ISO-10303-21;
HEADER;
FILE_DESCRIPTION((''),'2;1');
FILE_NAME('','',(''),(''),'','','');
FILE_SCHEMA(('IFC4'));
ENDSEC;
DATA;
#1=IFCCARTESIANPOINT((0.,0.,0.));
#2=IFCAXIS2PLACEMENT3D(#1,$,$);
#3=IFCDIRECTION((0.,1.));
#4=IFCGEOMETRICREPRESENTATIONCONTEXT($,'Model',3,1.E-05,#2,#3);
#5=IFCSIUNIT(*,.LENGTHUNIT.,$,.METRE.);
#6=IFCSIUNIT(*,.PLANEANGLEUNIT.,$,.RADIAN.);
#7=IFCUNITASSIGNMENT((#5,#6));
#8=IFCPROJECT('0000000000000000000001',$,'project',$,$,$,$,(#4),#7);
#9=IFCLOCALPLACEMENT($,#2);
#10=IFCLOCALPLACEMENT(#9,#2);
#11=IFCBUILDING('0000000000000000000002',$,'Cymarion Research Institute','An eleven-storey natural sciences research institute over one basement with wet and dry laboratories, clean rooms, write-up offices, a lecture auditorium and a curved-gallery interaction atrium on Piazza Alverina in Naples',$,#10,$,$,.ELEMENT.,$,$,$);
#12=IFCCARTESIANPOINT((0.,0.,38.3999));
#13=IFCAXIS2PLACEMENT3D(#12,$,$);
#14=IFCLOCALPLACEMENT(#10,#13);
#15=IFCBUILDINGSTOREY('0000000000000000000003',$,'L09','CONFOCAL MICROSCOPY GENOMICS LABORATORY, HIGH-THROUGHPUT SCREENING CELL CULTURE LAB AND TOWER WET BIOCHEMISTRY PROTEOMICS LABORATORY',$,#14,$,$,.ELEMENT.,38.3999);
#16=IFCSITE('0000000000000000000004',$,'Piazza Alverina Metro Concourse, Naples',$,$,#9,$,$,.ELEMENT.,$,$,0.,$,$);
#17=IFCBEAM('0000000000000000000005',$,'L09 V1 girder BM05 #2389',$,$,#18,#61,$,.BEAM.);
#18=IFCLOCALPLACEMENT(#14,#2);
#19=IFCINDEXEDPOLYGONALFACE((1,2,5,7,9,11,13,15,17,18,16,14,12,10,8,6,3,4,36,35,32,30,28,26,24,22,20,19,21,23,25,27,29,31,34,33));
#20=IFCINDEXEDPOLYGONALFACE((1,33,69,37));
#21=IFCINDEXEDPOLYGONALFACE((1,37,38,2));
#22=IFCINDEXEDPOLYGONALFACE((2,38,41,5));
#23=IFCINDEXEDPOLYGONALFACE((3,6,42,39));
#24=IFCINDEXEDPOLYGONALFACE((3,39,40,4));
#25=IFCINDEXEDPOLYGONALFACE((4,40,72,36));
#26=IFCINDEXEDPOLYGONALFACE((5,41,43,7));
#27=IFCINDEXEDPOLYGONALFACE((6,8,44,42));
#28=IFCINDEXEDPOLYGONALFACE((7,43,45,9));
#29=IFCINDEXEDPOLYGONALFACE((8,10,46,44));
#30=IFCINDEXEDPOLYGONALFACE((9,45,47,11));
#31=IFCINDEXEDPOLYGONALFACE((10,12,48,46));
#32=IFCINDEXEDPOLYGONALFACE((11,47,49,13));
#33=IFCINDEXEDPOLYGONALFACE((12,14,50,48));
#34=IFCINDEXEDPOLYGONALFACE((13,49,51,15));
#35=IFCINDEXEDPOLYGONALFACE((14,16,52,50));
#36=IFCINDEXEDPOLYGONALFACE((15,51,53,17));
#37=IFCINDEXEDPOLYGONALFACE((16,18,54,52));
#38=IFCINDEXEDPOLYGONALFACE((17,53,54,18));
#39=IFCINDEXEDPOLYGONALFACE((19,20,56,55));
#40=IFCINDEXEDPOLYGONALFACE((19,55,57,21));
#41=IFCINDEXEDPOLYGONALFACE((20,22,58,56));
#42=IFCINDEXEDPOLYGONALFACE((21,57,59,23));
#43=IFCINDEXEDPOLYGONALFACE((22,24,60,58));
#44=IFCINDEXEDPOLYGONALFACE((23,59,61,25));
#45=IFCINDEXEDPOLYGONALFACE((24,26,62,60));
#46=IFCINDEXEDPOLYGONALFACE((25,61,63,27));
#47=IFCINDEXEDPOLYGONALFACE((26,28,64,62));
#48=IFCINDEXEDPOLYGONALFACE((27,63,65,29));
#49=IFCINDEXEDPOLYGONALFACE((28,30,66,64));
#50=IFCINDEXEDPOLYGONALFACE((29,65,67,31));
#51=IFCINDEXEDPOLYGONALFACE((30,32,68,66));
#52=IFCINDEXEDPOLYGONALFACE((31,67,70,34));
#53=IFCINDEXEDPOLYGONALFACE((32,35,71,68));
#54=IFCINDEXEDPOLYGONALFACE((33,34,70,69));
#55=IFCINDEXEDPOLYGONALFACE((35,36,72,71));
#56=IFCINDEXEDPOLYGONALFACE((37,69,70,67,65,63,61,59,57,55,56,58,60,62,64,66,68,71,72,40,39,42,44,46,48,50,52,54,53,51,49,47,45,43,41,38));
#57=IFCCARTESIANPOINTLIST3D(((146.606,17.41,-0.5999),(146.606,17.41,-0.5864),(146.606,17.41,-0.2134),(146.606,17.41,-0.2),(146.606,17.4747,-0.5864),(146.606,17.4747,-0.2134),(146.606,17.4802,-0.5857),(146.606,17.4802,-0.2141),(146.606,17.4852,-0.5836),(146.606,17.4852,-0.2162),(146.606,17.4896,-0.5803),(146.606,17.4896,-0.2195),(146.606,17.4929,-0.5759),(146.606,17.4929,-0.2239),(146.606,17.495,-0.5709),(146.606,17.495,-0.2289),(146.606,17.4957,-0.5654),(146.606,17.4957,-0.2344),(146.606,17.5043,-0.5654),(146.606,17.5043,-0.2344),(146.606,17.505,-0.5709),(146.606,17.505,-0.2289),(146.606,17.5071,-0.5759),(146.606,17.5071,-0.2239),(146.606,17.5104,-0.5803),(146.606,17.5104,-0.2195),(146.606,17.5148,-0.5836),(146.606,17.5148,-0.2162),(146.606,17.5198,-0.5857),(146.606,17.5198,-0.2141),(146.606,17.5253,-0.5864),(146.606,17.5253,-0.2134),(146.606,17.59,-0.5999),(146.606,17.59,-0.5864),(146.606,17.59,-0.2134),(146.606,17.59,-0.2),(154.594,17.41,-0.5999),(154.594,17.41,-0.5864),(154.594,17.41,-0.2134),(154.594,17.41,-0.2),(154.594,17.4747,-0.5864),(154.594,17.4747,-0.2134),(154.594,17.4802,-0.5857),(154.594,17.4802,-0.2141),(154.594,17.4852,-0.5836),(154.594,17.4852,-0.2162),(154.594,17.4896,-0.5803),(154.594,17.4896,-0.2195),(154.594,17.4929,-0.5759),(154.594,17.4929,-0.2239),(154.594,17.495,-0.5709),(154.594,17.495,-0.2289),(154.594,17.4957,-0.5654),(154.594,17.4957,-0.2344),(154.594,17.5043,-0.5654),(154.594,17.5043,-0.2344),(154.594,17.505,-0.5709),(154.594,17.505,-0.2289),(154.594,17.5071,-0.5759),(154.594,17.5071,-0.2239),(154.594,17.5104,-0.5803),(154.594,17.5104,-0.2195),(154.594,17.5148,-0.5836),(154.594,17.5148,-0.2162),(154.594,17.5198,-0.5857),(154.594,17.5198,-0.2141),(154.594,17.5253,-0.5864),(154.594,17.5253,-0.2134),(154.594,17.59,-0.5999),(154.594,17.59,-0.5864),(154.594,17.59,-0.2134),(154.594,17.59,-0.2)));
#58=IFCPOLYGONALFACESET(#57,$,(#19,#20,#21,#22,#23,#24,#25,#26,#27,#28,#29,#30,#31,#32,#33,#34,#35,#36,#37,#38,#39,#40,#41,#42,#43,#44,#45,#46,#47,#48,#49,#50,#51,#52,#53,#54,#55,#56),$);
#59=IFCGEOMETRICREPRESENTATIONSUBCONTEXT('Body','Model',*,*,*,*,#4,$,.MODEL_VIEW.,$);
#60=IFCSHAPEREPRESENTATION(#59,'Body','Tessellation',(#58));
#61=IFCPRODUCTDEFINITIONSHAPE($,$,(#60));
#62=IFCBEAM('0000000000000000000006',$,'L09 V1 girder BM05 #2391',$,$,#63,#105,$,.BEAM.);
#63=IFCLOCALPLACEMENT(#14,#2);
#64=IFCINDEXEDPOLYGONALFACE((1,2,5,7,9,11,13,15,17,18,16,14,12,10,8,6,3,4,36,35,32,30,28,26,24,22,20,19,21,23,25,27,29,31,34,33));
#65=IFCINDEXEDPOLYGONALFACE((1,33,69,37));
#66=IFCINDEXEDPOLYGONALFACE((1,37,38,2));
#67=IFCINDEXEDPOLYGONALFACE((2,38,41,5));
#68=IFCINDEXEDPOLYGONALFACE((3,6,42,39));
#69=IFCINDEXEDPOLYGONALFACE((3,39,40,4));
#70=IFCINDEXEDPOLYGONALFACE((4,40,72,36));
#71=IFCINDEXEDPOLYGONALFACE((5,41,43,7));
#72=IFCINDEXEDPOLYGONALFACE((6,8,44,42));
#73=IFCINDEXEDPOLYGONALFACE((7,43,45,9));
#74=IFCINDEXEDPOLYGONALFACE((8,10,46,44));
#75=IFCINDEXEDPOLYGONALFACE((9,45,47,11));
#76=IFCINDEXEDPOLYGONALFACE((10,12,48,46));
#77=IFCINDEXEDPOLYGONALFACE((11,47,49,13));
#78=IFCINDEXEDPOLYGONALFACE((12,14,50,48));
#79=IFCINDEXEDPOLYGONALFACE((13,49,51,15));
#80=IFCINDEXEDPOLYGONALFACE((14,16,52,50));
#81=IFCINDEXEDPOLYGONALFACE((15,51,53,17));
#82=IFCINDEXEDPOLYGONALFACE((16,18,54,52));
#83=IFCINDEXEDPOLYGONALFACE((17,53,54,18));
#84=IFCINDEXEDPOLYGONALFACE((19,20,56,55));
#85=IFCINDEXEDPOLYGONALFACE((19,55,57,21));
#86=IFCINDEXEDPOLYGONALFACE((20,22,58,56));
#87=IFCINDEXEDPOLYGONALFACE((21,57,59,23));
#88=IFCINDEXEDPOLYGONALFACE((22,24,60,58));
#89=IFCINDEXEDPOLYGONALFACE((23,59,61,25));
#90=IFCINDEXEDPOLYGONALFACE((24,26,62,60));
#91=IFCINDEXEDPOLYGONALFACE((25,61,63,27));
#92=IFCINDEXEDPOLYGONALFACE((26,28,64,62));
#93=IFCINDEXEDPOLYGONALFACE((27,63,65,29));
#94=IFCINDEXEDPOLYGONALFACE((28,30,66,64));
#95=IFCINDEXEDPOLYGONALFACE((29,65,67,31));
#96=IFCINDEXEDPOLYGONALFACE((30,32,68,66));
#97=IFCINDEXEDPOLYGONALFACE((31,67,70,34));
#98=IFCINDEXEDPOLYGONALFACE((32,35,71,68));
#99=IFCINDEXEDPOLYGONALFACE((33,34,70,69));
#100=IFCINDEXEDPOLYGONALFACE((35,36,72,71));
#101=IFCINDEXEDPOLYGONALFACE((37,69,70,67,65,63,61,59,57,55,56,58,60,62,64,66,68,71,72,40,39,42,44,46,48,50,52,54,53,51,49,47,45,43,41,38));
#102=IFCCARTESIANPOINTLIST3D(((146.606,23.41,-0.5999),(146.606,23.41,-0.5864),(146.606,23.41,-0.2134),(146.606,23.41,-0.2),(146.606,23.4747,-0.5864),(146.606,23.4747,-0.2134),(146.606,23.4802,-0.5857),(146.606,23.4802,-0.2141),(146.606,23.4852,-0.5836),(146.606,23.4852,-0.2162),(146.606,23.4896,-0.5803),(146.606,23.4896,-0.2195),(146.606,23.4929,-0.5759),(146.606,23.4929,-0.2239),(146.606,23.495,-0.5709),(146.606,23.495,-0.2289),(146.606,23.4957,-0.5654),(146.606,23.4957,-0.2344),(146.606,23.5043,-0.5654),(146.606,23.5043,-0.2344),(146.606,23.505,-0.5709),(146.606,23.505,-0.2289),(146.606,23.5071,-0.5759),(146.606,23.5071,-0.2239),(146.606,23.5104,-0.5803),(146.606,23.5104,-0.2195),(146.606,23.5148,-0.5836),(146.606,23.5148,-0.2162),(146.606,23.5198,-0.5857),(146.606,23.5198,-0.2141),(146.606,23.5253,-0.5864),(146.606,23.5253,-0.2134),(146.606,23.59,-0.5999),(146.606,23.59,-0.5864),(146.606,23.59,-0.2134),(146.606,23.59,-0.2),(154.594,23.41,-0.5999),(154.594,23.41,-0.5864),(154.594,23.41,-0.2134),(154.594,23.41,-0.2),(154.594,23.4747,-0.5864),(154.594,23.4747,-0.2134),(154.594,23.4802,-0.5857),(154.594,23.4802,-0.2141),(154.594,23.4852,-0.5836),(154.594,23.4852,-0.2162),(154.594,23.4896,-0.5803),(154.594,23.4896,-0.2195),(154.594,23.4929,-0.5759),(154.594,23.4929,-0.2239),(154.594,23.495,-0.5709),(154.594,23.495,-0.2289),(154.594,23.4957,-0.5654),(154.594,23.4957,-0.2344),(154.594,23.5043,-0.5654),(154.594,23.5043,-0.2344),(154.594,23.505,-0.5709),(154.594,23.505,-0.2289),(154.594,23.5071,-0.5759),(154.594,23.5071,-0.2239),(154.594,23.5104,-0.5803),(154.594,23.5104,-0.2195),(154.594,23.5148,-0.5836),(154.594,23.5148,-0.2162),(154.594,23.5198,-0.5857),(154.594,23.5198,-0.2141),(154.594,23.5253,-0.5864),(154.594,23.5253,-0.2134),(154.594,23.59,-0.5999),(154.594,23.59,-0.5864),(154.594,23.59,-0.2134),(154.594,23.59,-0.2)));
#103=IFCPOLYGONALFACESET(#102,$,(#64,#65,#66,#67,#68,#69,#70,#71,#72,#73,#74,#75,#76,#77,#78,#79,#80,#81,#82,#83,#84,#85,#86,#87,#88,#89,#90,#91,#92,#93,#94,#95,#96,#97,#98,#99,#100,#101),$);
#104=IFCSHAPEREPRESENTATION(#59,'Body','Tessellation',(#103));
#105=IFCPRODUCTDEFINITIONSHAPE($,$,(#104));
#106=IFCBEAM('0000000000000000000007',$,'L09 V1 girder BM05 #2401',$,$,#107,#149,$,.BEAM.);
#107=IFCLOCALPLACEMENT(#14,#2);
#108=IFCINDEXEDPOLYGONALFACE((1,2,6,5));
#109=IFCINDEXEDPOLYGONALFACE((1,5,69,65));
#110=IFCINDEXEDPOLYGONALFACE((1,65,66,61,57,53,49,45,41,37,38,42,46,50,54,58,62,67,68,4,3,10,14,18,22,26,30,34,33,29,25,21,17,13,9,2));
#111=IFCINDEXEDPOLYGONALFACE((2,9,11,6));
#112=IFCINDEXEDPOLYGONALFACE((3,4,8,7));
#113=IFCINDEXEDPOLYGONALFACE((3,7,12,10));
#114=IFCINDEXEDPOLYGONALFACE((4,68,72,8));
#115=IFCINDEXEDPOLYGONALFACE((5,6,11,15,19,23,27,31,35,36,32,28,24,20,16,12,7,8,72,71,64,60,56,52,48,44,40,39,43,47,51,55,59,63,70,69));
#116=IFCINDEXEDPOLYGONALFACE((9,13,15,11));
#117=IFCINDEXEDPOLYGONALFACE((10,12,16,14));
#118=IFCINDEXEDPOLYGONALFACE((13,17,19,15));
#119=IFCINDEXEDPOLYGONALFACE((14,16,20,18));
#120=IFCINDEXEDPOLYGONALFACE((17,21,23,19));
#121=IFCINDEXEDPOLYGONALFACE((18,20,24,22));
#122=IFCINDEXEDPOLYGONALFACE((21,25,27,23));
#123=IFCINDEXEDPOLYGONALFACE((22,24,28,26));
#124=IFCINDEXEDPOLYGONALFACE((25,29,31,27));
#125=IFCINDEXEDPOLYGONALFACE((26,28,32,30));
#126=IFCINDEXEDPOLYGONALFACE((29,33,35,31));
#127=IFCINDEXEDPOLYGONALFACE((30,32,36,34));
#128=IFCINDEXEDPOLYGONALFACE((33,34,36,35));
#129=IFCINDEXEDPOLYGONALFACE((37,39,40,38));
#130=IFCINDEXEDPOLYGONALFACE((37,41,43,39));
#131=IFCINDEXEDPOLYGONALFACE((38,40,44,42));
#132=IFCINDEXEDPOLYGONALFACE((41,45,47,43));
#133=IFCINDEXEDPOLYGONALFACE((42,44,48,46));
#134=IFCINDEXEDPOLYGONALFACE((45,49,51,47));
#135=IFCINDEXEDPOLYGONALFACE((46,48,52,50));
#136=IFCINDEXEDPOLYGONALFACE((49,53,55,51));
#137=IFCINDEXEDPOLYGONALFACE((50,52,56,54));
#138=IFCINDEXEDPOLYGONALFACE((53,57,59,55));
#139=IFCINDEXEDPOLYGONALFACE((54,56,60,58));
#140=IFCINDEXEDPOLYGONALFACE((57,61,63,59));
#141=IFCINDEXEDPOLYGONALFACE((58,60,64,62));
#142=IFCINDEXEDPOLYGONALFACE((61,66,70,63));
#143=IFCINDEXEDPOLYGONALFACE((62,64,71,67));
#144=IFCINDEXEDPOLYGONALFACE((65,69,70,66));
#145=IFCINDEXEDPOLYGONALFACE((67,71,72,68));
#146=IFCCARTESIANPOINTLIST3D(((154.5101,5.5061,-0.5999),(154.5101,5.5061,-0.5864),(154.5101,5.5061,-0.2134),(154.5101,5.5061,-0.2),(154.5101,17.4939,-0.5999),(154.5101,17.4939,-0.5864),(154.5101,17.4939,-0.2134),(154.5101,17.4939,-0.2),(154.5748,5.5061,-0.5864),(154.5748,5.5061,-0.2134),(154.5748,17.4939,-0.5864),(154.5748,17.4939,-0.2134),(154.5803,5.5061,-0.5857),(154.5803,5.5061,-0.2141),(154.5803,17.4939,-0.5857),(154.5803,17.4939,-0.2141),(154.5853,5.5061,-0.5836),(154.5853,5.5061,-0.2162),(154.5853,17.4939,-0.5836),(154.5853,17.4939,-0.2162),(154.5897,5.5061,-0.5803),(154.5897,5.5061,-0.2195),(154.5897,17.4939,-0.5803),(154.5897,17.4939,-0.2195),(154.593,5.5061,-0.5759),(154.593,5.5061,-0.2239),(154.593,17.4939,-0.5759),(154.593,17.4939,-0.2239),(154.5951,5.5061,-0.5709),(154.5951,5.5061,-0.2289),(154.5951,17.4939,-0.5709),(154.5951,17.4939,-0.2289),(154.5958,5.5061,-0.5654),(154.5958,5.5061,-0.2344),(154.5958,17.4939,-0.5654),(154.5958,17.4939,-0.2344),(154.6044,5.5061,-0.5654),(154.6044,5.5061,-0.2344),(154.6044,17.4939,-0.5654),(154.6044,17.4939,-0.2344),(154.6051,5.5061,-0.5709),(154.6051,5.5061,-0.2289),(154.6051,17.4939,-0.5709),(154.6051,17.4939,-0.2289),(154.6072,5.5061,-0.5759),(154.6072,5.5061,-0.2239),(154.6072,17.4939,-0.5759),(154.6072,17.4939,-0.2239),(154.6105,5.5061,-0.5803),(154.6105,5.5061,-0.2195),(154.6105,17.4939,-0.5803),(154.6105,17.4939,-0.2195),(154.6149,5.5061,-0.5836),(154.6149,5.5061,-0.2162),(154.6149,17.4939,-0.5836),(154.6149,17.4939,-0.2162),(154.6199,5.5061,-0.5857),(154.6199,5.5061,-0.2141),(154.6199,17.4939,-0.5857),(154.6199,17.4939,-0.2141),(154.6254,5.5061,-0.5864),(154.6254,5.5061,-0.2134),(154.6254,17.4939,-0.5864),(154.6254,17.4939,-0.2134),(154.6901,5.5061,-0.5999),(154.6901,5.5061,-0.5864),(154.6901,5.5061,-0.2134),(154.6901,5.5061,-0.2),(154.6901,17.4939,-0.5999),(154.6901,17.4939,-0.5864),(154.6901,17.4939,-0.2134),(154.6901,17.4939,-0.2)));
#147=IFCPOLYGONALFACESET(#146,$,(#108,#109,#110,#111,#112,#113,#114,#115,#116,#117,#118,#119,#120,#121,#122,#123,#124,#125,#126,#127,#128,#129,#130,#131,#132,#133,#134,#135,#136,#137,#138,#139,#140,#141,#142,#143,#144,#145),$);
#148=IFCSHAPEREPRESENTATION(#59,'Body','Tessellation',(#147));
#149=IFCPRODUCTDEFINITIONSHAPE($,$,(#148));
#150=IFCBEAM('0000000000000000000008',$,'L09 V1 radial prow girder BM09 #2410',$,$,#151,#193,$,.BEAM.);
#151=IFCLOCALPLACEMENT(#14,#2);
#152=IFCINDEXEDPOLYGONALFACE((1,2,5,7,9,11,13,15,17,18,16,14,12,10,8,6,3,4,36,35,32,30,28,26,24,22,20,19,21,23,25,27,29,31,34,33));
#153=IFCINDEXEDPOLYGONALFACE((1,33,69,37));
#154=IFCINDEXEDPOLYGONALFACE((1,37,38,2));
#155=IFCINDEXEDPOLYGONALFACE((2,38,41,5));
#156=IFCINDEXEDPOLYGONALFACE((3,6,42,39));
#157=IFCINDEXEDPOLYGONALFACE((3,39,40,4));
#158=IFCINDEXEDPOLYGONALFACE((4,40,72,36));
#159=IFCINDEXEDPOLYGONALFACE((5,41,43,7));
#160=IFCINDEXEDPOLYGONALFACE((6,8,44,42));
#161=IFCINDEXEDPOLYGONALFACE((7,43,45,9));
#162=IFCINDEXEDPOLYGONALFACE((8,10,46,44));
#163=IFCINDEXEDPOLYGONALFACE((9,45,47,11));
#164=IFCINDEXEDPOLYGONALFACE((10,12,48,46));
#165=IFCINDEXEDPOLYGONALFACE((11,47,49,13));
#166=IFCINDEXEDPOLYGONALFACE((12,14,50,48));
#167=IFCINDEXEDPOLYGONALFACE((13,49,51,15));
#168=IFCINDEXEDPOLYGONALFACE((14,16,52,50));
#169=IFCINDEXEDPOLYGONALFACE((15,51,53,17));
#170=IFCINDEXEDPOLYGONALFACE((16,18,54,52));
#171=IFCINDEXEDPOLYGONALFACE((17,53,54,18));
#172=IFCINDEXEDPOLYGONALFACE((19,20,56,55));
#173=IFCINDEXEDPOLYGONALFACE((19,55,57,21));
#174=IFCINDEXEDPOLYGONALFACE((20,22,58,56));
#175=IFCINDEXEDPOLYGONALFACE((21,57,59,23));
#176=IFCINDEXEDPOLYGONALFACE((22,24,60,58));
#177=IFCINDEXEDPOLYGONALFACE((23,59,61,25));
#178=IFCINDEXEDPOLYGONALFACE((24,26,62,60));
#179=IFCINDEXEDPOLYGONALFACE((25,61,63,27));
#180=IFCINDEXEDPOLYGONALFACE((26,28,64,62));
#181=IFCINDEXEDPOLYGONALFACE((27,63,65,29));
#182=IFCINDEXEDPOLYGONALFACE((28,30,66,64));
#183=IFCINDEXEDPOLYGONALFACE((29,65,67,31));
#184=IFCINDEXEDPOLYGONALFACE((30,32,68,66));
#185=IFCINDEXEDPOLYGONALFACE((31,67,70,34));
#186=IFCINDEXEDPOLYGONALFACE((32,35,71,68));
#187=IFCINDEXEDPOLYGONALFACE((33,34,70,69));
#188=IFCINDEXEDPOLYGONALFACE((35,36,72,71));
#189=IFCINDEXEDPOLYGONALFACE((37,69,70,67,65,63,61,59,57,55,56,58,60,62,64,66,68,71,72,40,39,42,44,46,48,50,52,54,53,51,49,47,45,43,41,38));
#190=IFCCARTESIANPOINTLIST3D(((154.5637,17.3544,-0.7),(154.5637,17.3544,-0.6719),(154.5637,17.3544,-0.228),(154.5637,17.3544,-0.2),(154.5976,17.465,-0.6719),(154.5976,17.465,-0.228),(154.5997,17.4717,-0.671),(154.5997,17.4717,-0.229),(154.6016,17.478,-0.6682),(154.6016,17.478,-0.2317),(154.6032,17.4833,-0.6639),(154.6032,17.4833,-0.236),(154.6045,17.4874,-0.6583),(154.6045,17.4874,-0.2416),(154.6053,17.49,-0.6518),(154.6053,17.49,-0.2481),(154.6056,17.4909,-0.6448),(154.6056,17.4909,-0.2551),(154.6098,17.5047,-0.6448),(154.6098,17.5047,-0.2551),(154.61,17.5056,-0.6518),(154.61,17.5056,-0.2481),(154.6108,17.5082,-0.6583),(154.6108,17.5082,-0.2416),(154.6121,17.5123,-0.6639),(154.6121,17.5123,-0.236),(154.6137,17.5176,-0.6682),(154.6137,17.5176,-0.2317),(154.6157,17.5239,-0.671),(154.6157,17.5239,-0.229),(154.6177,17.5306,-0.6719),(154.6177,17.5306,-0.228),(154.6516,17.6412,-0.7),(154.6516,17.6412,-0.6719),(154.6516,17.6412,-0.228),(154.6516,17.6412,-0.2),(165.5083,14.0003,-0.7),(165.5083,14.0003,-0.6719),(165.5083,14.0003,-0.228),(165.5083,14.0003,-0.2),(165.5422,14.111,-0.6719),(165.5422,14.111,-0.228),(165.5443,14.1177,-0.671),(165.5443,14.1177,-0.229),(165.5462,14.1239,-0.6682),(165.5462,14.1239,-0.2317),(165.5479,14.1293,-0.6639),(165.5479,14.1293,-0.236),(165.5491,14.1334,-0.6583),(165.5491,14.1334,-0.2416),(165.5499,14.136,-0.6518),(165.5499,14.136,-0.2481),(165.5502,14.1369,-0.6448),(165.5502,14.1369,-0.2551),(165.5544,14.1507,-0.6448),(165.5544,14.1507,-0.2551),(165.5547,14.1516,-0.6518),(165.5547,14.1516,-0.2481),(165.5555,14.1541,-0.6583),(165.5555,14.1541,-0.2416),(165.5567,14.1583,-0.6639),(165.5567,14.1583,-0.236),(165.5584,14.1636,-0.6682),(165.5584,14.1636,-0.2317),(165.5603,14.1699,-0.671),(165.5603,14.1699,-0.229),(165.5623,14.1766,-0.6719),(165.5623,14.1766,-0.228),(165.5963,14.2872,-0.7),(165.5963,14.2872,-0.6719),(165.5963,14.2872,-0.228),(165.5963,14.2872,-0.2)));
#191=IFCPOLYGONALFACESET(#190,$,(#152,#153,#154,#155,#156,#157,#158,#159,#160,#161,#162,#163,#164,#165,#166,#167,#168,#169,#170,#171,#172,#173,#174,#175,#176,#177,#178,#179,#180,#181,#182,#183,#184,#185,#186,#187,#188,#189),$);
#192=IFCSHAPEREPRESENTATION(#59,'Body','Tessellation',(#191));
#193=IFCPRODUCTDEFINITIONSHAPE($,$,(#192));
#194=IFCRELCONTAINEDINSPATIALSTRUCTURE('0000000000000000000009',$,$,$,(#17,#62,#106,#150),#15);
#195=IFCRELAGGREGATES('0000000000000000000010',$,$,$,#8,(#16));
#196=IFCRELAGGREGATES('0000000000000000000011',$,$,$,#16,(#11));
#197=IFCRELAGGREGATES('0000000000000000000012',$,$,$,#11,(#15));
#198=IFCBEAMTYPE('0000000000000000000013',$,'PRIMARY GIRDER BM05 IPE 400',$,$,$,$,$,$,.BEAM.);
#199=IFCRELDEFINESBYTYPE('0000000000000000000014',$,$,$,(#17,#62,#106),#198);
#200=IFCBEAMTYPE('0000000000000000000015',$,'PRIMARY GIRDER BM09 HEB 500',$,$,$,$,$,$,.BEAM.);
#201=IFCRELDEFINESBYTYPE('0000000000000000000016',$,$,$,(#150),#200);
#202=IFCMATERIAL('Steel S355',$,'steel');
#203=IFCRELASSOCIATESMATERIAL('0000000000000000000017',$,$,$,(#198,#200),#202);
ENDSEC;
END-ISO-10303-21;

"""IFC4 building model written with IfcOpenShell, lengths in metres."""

from ifc_helpers import new_model, si_unit, direction, frame, origin, origin_2d, place, context, subcontext, project, spatial, i_section, extrude, material, material_profile, profile_set, type_object, element, save


model = new_model("IFC4")

# Units and contexts
model_context = context("Model", 3, precision=1e-05, world=origin(), true_north=direction((0.0, 1.0)))
body_context = subcontext(model_context, "Body", "Model", "MODEL_VIEW")
ifc_project = project(units=[si_unit("LENGTHUNIT", "METRE"), si_unit("PLANEANGLEUNIT", "RADIAN")], contexts=[model_context])

# Site, building, storey
site_placement = place(None, origin())
site = spatial("IfcSite", under=ifc_project, at=site_placement, Name="Piazza Alverina Metro Concourse, Naples", CompositionType="ELEMENT", RefElevation=0.0)
building_placement = place(site_placement, origin())
building = spatial("IfcBuilding", under=site, at=building_placement, Name="Cymarion Research Institute", Description="An eleven-storey natural sciences research institute over one basement with wet and dry laboratories, clean rooms, write-up offices, a lecture auditorium and a curved-gallery interaction atrium on Piazza Alverina in Naples", CompositionType="ELEMENT")
storey_placement = place(building_placement, frame((0.0, 0.0, 38.3999)))
storey = spatial("IfcBuildingStorey", under=building, at=storey_placement, Name="L09", Description="CONFOCAL MICROSCOPY GENOMICS LABORATORY, HIGH-THROUGHPUT SCREENING CELL CULTURE LAB AND TOWER WET BIOCHEMISTRY PROTEOMICS LABORATORY", CompositionType="ELEMENT", Elevation=38.3999)

# Shared definitions
ifc_material_1 = material(Name="Steel S355", Category="steel")

# Beams
ifc_material_profile_1 = material_profile(ifc_material_1, i_section(OverallWidth=0.1799, OverallDepth=0.3999, WebThickness=0.0085, FlangeThickness=0.0134, FilletRadius=0.021, at=origin_2d()), Name="IPE 400")
ifc_profile_set_1 = profile_set([ifc_material_profile_1], Name="Steel S355")
beam_type_1 = type_object("IfcBeamType", Name="PRIMARY GIRDER BM05 IPE 400", PredefinedType="BEAM", material=ifc_profile_set_1)
for number, where, z_axis, x_axis, name in (
    (1, (146.606, 17.5, -0.3999), (1.0, 0.0, 0.0), (0.0, 1.0, 0.0), "L09 V1 girder BM05 #2389"),
    (2, (146.606, 23.5, -0.3999), (1.0, 0.0, 0.0), (0.0, 1.0, 0.0), "L09 V1 girder BM05 #2391"),
):
    element("IfcBeam", number, at=place(storey_placement, frame(where, z_axis=z_axis, x_axis=x_axis)), inside=storey, type_object=beam_type_1, Name=name, PredefinedType="BEAM", context=body_context, shape_type="SweptSolid", body=[
        extrude(i_section(OverallWidth=0.1799, OverallDepth=0.3999, WebThickness=0.0085, FlangeThickness=0.0134, FilletRadius=0.021, at=origin_2d()), origin(), (0.0, 0.0, 1.0), 7.988),
    ])
beam_1_placement = place(storey_placement, frame((154.6001, 5.5061, -0.3999), z_axis=(0.0, 1.0, 0.0), x_axis=(-1.0, 0.0, 0.0)))
element("IfcBeam", 3, at=beam_1_placement, inside=storey, type_object=beam_type_1, Name="L09 V1 girder BM05 #2401", PredefinedType="BEAM", context=body_context, shape_type="SweptSolid", body=[
    extrude(i_section(OverallWidth=0.1799, OverallDepth=0.3999, WebThickness=0.0085, FlangeThickness=0.0134, FilletRadius=0.021, at=origin_2d()), origin(), (0.0, 0.0, 1.0), 11.9878),
])
ifc_material_profile_2 = material_profile(ifc_material_1, i_section(OverallWidth=0.3, OverallDepth=0.5, WebThickness=0.0144, FlangeThickness=0.0281, FilletRadius=0.0271, at=origin_2d()), Name="HEB 500")
ifc_profile_set_2 = profile_set([ifc_material_profile_2], Name="Steel S355")
beam_type_2 = type_object("IfcBeamType", Name="PRIMARY GIRDER BM09 HEB 500", PredefinedType="BEAM", material=ifc_profile_set_2)
beam_2_placement = place(storey_placement, frame((154.6077, 17.4978, -0.45), z_axis=(0.956111, -0.293004, 0.0), x_axis=(0.293004, 0.956111, 0.0)))
element("IfcBeam", 4, at=beam_2_placement, inside=storey, type_object=beam_type_2, Name="L09 V1 radial prow girder BM09 #2410", PredefinedType="BEAM", context=body_context, shape_type="SweptSolid", body=[
    extrude(i_section(OverallWidth=0.3, OverallDepth=0.5, WebThickness=0.0144, FlangeThickness=0.0281, FilletRadius=0.0271, at=origin_2d()), origin(), (0.0, 0.0, 1.0), 11.447),
])

save(model, "model.ifc")
